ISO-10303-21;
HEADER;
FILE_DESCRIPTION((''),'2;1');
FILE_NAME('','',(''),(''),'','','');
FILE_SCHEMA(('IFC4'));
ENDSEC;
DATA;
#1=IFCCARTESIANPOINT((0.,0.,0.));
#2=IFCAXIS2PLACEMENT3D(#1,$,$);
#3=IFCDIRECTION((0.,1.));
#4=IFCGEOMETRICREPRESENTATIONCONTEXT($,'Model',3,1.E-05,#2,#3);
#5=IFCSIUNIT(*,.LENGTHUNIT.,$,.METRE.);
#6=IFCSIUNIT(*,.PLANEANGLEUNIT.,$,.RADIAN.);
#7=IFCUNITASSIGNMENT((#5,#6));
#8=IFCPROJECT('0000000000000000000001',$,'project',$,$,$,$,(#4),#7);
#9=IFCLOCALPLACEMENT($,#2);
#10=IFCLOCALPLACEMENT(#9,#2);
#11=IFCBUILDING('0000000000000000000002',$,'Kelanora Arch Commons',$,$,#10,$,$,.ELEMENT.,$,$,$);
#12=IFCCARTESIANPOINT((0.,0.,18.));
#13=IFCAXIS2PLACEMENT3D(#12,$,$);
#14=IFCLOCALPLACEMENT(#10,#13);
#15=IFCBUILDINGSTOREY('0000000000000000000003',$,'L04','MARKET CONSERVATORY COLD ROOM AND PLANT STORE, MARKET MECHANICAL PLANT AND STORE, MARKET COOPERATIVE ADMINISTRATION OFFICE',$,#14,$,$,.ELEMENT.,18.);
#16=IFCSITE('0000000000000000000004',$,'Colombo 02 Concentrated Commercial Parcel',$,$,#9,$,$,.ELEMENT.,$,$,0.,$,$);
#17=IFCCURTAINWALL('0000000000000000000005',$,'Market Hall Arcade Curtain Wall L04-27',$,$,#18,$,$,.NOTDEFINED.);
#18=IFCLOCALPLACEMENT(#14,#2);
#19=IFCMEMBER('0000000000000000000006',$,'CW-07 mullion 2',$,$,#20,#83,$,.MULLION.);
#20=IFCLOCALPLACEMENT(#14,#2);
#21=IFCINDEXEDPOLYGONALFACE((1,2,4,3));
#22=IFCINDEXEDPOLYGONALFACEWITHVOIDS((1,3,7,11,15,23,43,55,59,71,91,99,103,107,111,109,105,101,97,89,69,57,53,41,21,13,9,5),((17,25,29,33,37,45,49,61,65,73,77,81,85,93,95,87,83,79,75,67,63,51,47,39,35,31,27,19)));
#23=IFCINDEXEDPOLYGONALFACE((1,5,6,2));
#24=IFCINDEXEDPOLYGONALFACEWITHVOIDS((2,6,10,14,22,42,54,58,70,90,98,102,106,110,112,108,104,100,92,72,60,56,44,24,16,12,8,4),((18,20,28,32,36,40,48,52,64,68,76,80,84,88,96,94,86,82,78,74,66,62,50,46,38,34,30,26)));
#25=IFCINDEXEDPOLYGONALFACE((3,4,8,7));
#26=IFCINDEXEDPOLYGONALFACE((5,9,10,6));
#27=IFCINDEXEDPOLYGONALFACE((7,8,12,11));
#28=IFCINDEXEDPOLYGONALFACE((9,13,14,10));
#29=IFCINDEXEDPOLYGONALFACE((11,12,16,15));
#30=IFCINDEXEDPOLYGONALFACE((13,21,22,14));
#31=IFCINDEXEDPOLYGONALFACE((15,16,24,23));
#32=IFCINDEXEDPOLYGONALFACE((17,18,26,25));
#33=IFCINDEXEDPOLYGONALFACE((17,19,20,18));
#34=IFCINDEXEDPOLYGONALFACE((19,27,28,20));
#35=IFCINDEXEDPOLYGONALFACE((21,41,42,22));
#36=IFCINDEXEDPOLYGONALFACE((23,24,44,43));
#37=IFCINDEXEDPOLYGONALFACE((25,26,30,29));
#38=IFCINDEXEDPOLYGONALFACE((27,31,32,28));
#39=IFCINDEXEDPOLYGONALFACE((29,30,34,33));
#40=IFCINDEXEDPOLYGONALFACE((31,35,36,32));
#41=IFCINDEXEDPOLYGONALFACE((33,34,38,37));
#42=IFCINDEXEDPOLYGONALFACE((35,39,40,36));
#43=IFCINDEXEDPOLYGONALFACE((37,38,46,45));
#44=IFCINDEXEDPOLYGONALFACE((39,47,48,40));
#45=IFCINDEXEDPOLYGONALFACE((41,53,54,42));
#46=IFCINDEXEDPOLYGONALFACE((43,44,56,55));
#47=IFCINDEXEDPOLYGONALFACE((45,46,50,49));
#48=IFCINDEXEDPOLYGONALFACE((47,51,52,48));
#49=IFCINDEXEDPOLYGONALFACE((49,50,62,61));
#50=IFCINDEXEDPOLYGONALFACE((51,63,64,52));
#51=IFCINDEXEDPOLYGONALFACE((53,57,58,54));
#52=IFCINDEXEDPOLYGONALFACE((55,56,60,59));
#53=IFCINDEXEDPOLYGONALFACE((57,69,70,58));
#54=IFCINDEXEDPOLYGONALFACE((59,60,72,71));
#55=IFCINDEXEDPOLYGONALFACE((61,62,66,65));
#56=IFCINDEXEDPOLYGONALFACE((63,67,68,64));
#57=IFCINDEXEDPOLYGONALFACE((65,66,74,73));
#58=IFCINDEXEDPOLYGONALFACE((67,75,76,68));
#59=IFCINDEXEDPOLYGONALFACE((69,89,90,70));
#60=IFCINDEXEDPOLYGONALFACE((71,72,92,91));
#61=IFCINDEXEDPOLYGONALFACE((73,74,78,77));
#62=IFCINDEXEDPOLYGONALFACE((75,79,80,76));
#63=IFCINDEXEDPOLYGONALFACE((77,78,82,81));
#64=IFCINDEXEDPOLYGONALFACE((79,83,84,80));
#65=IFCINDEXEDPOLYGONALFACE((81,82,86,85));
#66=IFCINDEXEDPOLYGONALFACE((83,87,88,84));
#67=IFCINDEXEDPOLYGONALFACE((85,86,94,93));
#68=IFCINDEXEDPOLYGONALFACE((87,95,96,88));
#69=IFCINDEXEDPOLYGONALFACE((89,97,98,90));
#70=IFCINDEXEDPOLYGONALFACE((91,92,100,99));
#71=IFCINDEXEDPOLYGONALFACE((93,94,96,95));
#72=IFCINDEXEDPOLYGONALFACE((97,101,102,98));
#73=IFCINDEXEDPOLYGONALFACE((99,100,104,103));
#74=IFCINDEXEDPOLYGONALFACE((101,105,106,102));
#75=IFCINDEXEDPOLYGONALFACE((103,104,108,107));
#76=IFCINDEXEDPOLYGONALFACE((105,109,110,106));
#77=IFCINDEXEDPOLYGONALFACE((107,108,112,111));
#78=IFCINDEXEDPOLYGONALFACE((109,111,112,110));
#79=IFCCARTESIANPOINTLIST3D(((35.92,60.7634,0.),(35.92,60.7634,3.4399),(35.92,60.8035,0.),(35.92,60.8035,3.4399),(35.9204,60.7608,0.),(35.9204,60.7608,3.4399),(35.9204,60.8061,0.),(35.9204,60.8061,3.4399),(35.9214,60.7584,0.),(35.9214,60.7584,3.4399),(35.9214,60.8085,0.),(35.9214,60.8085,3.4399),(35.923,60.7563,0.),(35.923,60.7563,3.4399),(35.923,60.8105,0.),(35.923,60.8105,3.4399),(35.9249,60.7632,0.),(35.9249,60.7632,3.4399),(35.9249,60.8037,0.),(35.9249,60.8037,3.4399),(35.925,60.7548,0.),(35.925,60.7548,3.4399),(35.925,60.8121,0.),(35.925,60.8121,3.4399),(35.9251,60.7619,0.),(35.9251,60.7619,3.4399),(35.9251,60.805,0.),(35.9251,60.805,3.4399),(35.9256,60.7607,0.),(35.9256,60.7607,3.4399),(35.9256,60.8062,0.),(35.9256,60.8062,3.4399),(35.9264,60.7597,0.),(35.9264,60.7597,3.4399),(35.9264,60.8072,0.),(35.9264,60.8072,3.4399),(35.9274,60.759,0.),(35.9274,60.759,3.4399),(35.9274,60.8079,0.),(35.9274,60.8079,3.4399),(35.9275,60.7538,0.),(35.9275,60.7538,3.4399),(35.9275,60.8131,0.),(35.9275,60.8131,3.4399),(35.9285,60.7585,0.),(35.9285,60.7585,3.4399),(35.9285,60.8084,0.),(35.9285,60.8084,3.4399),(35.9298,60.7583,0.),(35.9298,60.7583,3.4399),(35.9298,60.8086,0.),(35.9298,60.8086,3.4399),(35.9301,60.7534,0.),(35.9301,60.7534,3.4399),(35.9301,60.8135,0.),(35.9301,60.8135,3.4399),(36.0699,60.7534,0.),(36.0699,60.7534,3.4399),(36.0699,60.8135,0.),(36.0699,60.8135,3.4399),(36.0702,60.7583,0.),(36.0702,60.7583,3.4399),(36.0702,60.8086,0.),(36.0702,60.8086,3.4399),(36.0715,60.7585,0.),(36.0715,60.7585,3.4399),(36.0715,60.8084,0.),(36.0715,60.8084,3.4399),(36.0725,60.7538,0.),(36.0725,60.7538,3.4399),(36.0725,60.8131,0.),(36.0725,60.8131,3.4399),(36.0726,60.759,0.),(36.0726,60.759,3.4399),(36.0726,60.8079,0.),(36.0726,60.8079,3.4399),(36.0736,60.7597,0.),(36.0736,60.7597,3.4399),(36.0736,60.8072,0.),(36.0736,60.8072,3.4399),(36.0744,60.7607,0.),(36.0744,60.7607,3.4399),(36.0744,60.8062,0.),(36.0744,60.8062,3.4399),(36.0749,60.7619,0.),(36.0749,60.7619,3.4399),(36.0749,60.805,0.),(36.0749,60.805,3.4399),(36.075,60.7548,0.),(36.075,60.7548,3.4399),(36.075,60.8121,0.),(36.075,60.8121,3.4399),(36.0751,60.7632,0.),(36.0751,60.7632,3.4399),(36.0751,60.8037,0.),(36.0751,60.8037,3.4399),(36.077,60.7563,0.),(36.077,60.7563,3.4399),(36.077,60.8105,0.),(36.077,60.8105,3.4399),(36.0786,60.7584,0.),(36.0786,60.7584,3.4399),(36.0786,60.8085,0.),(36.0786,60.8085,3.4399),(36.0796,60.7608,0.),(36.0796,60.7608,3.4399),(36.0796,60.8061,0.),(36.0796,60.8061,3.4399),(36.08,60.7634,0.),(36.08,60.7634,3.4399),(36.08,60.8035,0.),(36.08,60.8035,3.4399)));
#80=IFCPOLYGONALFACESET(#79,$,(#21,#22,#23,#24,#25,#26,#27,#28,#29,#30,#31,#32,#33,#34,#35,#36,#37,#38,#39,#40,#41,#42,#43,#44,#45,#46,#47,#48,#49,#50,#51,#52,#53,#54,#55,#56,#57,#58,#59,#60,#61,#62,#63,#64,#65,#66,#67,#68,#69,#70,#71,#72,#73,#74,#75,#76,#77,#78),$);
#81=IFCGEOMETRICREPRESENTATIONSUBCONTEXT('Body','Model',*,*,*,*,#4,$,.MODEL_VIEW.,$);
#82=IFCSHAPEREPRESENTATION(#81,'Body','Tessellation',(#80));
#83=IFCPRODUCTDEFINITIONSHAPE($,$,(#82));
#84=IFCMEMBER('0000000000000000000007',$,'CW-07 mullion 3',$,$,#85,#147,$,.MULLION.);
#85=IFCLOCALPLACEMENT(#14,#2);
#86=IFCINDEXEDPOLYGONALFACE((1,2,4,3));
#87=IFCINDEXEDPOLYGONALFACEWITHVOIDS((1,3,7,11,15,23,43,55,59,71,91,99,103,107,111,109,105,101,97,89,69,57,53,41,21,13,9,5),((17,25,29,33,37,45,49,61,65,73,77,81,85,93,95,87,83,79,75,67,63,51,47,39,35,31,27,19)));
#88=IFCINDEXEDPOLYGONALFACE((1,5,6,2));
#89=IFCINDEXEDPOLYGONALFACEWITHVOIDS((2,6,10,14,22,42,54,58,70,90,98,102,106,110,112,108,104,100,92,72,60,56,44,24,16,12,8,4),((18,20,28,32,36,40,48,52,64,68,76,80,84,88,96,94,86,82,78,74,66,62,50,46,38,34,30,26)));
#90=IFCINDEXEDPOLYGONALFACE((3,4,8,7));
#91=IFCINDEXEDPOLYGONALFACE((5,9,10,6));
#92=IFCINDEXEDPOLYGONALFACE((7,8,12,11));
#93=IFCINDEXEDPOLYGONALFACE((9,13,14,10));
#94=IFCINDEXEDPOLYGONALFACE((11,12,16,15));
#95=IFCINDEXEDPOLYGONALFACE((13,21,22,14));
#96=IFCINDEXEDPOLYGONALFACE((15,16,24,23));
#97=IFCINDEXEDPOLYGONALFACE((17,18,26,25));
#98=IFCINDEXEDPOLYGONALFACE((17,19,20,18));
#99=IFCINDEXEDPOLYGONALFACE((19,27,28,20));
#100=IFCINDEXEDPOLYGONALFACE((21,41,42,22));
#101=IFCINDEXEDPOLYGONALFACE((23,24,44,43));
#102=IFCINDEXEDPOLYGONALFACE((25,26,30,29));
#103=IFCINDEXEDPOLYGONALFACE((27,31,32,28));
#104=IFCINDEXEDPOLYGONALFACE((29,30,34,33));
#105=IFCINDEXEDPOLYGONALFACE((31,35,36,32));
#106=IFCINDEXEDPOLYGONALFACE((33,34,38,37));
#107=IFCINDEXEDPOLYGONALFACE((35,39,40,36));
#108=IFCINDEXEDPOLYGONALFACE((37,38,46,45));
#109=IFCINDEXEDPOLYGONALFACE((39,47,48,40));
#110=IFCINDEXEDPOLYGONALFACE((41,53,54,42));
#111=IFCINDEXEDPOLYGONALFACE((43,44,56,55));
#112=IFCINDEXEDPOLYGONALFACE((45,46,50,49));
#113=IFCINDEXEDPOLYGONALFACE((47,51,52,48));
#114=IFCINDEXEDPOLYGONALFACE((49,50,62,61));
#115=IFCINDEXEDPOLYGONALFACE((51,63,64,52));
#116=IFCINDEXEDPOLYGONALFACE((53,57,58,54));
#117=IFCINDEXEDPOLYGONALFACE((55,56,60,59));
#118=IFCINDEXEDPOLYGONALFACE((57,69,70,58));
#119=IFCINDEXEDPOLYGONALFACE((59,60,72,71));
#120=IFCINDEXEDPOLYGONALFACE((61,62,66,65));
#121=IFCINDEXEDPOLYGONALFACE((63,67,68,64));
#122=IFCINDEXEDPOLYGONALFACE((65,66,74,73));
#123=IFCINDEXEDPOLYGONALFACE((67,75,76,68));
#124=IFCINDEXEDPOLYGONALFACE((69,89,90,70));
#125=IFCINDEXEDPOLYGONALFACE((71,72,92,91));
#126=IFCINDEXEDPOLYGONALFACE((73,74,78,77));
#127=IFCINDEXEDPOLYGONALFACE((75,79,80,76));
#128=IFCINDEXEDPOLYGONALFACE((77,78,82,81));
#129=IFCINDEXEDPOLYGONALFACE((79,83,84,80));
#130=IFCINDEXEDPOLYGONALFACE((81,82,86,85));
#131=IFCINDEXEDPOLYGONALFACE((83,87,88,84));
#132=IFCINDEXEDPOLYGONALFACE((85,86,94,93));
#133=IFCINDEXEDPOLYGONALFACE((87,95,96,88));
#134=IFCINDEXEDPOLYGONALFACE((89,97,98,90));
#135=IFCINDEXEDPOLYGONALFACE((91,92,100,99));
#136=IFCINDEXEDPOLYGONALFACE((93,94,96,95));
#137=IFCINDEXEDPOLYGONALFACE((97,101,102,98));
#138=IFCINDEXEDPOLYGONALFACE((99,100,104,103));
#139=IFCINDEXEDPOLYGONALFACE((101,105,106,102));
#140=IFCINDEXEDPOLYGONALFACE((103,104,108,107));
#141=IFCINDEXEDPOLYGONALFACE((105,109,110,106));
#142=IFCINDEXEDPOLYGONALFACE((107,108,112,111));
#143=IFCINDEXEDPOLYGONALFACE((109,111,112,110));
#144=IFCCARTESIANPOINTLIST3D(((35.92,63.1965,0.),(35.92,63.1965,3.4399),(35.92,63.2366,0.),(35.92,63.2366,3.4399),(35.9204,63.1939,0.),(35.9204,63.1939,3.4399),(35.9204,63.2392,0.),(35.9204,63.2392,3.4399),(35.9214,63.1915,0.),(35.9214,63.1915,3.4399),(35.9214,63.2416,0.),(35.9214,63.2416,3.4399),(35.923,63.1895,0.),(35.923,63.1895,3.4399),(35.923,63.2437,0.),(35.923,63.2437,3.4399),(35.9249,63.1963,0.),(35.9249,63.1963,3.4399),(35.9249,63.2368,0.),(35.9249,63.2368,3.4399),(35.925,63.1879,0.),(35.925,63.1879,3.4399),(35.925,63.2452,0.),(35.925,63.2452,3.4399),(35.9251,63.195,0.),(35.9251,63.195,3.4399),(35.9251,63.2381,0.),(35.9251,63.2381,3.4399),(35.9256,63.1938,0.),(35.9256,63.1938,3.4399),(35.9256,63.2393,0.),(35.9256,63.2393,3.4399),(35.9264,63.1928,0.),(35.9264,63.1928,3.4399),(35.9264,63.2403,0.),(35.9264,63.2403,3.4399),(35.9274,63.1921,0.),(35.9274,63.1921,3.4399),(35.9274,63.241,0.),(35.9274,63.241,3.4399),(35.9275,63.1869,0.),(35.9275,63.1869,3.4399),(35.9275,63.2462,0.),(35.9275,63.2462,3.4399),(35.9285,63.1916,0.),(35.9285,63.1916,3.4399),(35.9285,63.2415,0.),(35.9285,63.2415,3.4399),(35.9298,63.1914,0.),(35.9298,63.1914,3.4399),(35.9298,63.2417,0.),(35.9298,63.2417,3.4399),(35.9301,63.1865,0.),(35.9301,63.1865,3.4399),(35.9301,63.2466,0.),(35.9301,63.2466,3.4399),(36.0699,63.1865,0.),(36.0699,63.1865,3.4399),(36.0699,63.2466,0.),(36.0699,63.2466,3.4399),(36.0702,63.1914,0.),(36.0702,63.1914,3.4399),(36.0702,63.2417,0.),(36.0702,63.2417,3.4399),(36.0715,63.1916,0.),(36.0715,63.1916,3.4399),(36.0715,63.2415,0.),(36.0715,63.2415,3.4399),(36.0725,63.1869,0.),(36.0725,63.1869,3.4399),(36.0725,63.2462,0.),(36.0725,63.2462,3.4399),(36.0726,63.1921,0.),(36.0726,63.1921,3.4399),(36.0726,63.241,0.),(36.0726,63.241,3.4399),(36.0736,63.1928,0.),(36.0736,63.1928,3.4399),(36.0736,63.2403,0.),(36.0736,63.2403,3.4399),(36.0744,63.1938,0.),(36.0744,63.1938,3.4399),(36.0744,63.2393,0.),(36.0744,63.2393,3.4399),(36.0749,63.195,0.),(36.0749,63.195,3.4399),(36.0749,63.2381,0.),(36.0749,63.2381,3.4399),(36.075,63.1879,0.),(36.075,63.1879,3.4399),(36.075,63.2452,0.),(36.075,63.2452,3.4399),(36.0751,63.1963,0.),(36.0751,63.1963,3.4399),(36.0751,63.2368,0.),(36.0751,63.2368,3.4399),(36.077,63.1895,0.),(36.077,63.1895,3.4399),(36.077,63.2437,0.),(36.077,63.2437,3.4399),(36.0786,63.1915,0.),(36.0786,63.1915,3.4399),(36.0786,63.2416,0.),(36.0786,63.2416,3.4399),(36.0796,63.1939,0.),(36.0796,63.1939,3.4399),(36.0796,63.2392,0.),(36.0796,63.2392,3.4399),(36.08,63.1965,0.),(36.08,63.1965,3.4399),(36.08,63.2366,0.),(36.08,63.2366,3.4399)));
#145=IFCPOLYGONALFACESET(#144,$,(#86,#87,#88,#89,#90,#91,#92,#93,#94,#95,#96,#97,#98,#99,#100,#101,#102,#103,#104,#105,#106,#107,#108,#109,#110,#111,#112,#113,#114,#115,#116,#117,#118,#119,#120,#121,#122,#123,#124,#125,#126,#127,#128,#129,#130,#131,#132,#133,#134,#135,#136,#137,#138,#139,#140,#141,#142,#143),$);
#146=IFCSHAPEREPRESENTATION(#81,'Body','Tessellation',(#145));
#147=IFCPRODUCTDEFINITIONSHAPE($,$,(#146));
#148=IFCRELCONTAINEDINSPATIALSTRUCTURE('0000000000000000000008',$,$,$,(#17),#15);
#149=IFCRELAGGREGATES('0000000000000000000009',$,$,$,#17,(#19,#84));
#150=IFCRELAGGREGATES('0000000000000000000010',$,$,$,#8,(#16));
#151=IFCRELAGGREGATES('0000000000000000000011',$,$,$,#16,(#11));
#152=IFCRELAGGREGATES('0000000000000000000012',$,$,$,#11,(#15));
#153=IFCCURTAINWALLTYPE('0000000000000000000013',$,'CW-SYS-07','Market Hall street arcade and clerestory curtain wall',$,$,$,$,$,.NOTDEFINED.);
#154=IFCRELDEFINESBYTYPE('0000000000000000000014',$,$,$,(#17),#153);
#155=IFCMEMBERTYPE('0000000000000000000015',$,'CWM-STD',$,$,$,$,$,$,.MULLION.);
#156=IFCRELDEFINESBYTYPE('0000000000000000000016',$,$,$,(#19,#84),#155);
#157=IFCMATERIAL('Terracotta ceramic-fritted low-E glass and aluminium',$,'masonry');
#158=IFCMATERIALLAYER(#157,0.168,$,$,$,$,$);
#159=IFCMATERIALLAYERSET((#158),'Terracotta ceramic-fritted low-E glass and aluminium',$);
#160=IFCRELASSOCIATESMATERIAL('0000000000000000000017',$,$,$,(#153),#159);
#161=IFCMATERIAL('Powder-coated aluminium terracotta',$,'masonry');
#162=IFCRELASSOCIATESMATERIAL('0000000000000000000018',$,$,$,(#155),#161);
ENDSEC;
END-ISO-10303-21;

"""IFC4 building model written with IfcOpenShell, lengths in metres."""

from ifc_helpers import new_model, si_unit, direction, frame, origin, origin_2d, place, context, subcontext, project, spatial, hollow_rectangle, extrude, material, layer, layer_set, material_profile, profile_set, type_object, element, aggregate, save


model = new_model("IFC4")

# Units and contexts
model_context = context("Model", 3, precision=1e-05, world=origin(), true_north=direction((0.0, 1.0)))
body_context = subcontext(model_context, "Body", "Model", "MODEL_VIEW")
ifc_project = project(units=[si_unit("LENGTHUNIT", "METRE"), si_unit("PLANEANGLEUNIT", "RADIAN")], contexts=[model_context])

# Site, building, storey
site_placement = place(None, origin())
site = spatial("IfcSite", under=ifc_project, at=site_placement, Name="Colombo 02 Concentrated Commercial Parcel", CompositionType="ELEMENT", RefElevation=0.0)
building_placement = place(site_placement, origin())
building = spatial("IfcBuilding", under=site, at=building_placement, Name="Kelanora Arch Commons", CompositionType="ELEMENT")
storey_placement = place(building_placement, frame((0.0, 0.0, 18.0)))
storey = spatial("IfcBuildingStorey", under=building, at=storey_placement, Name="L04", Description="MARKET CONSERVATORY COLD ROOM AND PLANT STORE, MARKET MECHANICAL PLANT AND STORE, MARKET COOPERATIVE ADMINISTRATION OFFICE", CompositionType="ELEMENT", Elevation=18.0)

# Curtain wall, members
ifc_material_1 = material(Name="Terracotta ceramic-fritted low-E glass and aluminium", Category="masonry")
ifc_layer_1 = layer(ifc_material_1, 0.168)
ifc_layer_set_1 = layer_set([ifc_layer_1], Name="Terracotta ceramic-fritted low-E glass and aluminium")
curtain_wall_type_1 = type_object("IfcCurtainWallType", Name="CW-SYS-07", Description="Market Hall street arcade and clerestory curtain wall", PredefinedType="NOTDEFINED", material=ifc_layer_set_1)
curtain_wall_1_placement = place(storey_placement, origin())
curtain_wall_1 = element("IfcCurtainWall", 1, at=curtain_wall_1_placement, inside=storey, type_object=curtain_wall_type_1, Name="Market Hall Arcade Curtain Wall L04-27", PredefinedType="NOTDEFINED")
ifc_material_2 = material(Name="Powder-coated aluminium terracotta", Category="masonry")
ifc_material_profile_1 = material_profile(ifc_material_2, hollow_rectangle(XDim=0.1599, YDim=0.0601, WallThickness=0.0049, InnerFilletRadius=0.0049, OuterFilletRadius=0.01, at=origin_2d()), Name="CWM160x60")
ifc_profile_set_1 = profile_set([ifc_material_profile_1], Name="Powder-coated aluminium terracotta")
member_type_1 = type_object("IfcMemberType", Name="CWM-STD", PredefinedType="MULLION", material=ifc_profile_set_1)
member_1_placement = place(storey_placement, frame((36.0, 60.7834, 0.0), z_axis=(0.0, 0.0, 1.0), x_axis=(-1.0, 0.0, 0.0)))
member_1 = element("IfcMember", 2, at=member_1_placement, type_object=member_type_1, Name="CW-07 mullion 2", PredefinedType="MULLION", context=body_context, shape_type="SweptSolid", body=[
    extrude(hollow_rectangle(XDim=0.1599, YDim=0.0601, WallThickness=0.0049, InnerFilletRadius=0.0049, OuterFilletRadius=0.01, at=origin_2d()), origin(), (0.0, 0.0, 1.0), 3.4399),
])
member_2_placement = place(storey_placement, frame((36.0, 63.2166, 0.0), z_axis=(0.0, 0.0, 1.0), x_axis=(-1.0, 0.0, 0.0)))
member_2 = element("IfcMember", 3, at=member_2_placement, type_object=member_type_1, Name="CW-07 mullion 3", PredefinedType="MULLION", context=body_context, shape_type="SweptSolid", body=[
    extrude(hollow_rectangle(XDim=0.1599, YDim=0.0601, WallThickness=0.0049, InnerFilletRadius=0.0049, OuterFilletRadius=0.01, at=origin_2d()), origin(), (0.0, 0.0, 1.0), 3.4399),
])

aggregate(curtain_wall_1, [member_1, member_2])

save(model, "model.ifc")
